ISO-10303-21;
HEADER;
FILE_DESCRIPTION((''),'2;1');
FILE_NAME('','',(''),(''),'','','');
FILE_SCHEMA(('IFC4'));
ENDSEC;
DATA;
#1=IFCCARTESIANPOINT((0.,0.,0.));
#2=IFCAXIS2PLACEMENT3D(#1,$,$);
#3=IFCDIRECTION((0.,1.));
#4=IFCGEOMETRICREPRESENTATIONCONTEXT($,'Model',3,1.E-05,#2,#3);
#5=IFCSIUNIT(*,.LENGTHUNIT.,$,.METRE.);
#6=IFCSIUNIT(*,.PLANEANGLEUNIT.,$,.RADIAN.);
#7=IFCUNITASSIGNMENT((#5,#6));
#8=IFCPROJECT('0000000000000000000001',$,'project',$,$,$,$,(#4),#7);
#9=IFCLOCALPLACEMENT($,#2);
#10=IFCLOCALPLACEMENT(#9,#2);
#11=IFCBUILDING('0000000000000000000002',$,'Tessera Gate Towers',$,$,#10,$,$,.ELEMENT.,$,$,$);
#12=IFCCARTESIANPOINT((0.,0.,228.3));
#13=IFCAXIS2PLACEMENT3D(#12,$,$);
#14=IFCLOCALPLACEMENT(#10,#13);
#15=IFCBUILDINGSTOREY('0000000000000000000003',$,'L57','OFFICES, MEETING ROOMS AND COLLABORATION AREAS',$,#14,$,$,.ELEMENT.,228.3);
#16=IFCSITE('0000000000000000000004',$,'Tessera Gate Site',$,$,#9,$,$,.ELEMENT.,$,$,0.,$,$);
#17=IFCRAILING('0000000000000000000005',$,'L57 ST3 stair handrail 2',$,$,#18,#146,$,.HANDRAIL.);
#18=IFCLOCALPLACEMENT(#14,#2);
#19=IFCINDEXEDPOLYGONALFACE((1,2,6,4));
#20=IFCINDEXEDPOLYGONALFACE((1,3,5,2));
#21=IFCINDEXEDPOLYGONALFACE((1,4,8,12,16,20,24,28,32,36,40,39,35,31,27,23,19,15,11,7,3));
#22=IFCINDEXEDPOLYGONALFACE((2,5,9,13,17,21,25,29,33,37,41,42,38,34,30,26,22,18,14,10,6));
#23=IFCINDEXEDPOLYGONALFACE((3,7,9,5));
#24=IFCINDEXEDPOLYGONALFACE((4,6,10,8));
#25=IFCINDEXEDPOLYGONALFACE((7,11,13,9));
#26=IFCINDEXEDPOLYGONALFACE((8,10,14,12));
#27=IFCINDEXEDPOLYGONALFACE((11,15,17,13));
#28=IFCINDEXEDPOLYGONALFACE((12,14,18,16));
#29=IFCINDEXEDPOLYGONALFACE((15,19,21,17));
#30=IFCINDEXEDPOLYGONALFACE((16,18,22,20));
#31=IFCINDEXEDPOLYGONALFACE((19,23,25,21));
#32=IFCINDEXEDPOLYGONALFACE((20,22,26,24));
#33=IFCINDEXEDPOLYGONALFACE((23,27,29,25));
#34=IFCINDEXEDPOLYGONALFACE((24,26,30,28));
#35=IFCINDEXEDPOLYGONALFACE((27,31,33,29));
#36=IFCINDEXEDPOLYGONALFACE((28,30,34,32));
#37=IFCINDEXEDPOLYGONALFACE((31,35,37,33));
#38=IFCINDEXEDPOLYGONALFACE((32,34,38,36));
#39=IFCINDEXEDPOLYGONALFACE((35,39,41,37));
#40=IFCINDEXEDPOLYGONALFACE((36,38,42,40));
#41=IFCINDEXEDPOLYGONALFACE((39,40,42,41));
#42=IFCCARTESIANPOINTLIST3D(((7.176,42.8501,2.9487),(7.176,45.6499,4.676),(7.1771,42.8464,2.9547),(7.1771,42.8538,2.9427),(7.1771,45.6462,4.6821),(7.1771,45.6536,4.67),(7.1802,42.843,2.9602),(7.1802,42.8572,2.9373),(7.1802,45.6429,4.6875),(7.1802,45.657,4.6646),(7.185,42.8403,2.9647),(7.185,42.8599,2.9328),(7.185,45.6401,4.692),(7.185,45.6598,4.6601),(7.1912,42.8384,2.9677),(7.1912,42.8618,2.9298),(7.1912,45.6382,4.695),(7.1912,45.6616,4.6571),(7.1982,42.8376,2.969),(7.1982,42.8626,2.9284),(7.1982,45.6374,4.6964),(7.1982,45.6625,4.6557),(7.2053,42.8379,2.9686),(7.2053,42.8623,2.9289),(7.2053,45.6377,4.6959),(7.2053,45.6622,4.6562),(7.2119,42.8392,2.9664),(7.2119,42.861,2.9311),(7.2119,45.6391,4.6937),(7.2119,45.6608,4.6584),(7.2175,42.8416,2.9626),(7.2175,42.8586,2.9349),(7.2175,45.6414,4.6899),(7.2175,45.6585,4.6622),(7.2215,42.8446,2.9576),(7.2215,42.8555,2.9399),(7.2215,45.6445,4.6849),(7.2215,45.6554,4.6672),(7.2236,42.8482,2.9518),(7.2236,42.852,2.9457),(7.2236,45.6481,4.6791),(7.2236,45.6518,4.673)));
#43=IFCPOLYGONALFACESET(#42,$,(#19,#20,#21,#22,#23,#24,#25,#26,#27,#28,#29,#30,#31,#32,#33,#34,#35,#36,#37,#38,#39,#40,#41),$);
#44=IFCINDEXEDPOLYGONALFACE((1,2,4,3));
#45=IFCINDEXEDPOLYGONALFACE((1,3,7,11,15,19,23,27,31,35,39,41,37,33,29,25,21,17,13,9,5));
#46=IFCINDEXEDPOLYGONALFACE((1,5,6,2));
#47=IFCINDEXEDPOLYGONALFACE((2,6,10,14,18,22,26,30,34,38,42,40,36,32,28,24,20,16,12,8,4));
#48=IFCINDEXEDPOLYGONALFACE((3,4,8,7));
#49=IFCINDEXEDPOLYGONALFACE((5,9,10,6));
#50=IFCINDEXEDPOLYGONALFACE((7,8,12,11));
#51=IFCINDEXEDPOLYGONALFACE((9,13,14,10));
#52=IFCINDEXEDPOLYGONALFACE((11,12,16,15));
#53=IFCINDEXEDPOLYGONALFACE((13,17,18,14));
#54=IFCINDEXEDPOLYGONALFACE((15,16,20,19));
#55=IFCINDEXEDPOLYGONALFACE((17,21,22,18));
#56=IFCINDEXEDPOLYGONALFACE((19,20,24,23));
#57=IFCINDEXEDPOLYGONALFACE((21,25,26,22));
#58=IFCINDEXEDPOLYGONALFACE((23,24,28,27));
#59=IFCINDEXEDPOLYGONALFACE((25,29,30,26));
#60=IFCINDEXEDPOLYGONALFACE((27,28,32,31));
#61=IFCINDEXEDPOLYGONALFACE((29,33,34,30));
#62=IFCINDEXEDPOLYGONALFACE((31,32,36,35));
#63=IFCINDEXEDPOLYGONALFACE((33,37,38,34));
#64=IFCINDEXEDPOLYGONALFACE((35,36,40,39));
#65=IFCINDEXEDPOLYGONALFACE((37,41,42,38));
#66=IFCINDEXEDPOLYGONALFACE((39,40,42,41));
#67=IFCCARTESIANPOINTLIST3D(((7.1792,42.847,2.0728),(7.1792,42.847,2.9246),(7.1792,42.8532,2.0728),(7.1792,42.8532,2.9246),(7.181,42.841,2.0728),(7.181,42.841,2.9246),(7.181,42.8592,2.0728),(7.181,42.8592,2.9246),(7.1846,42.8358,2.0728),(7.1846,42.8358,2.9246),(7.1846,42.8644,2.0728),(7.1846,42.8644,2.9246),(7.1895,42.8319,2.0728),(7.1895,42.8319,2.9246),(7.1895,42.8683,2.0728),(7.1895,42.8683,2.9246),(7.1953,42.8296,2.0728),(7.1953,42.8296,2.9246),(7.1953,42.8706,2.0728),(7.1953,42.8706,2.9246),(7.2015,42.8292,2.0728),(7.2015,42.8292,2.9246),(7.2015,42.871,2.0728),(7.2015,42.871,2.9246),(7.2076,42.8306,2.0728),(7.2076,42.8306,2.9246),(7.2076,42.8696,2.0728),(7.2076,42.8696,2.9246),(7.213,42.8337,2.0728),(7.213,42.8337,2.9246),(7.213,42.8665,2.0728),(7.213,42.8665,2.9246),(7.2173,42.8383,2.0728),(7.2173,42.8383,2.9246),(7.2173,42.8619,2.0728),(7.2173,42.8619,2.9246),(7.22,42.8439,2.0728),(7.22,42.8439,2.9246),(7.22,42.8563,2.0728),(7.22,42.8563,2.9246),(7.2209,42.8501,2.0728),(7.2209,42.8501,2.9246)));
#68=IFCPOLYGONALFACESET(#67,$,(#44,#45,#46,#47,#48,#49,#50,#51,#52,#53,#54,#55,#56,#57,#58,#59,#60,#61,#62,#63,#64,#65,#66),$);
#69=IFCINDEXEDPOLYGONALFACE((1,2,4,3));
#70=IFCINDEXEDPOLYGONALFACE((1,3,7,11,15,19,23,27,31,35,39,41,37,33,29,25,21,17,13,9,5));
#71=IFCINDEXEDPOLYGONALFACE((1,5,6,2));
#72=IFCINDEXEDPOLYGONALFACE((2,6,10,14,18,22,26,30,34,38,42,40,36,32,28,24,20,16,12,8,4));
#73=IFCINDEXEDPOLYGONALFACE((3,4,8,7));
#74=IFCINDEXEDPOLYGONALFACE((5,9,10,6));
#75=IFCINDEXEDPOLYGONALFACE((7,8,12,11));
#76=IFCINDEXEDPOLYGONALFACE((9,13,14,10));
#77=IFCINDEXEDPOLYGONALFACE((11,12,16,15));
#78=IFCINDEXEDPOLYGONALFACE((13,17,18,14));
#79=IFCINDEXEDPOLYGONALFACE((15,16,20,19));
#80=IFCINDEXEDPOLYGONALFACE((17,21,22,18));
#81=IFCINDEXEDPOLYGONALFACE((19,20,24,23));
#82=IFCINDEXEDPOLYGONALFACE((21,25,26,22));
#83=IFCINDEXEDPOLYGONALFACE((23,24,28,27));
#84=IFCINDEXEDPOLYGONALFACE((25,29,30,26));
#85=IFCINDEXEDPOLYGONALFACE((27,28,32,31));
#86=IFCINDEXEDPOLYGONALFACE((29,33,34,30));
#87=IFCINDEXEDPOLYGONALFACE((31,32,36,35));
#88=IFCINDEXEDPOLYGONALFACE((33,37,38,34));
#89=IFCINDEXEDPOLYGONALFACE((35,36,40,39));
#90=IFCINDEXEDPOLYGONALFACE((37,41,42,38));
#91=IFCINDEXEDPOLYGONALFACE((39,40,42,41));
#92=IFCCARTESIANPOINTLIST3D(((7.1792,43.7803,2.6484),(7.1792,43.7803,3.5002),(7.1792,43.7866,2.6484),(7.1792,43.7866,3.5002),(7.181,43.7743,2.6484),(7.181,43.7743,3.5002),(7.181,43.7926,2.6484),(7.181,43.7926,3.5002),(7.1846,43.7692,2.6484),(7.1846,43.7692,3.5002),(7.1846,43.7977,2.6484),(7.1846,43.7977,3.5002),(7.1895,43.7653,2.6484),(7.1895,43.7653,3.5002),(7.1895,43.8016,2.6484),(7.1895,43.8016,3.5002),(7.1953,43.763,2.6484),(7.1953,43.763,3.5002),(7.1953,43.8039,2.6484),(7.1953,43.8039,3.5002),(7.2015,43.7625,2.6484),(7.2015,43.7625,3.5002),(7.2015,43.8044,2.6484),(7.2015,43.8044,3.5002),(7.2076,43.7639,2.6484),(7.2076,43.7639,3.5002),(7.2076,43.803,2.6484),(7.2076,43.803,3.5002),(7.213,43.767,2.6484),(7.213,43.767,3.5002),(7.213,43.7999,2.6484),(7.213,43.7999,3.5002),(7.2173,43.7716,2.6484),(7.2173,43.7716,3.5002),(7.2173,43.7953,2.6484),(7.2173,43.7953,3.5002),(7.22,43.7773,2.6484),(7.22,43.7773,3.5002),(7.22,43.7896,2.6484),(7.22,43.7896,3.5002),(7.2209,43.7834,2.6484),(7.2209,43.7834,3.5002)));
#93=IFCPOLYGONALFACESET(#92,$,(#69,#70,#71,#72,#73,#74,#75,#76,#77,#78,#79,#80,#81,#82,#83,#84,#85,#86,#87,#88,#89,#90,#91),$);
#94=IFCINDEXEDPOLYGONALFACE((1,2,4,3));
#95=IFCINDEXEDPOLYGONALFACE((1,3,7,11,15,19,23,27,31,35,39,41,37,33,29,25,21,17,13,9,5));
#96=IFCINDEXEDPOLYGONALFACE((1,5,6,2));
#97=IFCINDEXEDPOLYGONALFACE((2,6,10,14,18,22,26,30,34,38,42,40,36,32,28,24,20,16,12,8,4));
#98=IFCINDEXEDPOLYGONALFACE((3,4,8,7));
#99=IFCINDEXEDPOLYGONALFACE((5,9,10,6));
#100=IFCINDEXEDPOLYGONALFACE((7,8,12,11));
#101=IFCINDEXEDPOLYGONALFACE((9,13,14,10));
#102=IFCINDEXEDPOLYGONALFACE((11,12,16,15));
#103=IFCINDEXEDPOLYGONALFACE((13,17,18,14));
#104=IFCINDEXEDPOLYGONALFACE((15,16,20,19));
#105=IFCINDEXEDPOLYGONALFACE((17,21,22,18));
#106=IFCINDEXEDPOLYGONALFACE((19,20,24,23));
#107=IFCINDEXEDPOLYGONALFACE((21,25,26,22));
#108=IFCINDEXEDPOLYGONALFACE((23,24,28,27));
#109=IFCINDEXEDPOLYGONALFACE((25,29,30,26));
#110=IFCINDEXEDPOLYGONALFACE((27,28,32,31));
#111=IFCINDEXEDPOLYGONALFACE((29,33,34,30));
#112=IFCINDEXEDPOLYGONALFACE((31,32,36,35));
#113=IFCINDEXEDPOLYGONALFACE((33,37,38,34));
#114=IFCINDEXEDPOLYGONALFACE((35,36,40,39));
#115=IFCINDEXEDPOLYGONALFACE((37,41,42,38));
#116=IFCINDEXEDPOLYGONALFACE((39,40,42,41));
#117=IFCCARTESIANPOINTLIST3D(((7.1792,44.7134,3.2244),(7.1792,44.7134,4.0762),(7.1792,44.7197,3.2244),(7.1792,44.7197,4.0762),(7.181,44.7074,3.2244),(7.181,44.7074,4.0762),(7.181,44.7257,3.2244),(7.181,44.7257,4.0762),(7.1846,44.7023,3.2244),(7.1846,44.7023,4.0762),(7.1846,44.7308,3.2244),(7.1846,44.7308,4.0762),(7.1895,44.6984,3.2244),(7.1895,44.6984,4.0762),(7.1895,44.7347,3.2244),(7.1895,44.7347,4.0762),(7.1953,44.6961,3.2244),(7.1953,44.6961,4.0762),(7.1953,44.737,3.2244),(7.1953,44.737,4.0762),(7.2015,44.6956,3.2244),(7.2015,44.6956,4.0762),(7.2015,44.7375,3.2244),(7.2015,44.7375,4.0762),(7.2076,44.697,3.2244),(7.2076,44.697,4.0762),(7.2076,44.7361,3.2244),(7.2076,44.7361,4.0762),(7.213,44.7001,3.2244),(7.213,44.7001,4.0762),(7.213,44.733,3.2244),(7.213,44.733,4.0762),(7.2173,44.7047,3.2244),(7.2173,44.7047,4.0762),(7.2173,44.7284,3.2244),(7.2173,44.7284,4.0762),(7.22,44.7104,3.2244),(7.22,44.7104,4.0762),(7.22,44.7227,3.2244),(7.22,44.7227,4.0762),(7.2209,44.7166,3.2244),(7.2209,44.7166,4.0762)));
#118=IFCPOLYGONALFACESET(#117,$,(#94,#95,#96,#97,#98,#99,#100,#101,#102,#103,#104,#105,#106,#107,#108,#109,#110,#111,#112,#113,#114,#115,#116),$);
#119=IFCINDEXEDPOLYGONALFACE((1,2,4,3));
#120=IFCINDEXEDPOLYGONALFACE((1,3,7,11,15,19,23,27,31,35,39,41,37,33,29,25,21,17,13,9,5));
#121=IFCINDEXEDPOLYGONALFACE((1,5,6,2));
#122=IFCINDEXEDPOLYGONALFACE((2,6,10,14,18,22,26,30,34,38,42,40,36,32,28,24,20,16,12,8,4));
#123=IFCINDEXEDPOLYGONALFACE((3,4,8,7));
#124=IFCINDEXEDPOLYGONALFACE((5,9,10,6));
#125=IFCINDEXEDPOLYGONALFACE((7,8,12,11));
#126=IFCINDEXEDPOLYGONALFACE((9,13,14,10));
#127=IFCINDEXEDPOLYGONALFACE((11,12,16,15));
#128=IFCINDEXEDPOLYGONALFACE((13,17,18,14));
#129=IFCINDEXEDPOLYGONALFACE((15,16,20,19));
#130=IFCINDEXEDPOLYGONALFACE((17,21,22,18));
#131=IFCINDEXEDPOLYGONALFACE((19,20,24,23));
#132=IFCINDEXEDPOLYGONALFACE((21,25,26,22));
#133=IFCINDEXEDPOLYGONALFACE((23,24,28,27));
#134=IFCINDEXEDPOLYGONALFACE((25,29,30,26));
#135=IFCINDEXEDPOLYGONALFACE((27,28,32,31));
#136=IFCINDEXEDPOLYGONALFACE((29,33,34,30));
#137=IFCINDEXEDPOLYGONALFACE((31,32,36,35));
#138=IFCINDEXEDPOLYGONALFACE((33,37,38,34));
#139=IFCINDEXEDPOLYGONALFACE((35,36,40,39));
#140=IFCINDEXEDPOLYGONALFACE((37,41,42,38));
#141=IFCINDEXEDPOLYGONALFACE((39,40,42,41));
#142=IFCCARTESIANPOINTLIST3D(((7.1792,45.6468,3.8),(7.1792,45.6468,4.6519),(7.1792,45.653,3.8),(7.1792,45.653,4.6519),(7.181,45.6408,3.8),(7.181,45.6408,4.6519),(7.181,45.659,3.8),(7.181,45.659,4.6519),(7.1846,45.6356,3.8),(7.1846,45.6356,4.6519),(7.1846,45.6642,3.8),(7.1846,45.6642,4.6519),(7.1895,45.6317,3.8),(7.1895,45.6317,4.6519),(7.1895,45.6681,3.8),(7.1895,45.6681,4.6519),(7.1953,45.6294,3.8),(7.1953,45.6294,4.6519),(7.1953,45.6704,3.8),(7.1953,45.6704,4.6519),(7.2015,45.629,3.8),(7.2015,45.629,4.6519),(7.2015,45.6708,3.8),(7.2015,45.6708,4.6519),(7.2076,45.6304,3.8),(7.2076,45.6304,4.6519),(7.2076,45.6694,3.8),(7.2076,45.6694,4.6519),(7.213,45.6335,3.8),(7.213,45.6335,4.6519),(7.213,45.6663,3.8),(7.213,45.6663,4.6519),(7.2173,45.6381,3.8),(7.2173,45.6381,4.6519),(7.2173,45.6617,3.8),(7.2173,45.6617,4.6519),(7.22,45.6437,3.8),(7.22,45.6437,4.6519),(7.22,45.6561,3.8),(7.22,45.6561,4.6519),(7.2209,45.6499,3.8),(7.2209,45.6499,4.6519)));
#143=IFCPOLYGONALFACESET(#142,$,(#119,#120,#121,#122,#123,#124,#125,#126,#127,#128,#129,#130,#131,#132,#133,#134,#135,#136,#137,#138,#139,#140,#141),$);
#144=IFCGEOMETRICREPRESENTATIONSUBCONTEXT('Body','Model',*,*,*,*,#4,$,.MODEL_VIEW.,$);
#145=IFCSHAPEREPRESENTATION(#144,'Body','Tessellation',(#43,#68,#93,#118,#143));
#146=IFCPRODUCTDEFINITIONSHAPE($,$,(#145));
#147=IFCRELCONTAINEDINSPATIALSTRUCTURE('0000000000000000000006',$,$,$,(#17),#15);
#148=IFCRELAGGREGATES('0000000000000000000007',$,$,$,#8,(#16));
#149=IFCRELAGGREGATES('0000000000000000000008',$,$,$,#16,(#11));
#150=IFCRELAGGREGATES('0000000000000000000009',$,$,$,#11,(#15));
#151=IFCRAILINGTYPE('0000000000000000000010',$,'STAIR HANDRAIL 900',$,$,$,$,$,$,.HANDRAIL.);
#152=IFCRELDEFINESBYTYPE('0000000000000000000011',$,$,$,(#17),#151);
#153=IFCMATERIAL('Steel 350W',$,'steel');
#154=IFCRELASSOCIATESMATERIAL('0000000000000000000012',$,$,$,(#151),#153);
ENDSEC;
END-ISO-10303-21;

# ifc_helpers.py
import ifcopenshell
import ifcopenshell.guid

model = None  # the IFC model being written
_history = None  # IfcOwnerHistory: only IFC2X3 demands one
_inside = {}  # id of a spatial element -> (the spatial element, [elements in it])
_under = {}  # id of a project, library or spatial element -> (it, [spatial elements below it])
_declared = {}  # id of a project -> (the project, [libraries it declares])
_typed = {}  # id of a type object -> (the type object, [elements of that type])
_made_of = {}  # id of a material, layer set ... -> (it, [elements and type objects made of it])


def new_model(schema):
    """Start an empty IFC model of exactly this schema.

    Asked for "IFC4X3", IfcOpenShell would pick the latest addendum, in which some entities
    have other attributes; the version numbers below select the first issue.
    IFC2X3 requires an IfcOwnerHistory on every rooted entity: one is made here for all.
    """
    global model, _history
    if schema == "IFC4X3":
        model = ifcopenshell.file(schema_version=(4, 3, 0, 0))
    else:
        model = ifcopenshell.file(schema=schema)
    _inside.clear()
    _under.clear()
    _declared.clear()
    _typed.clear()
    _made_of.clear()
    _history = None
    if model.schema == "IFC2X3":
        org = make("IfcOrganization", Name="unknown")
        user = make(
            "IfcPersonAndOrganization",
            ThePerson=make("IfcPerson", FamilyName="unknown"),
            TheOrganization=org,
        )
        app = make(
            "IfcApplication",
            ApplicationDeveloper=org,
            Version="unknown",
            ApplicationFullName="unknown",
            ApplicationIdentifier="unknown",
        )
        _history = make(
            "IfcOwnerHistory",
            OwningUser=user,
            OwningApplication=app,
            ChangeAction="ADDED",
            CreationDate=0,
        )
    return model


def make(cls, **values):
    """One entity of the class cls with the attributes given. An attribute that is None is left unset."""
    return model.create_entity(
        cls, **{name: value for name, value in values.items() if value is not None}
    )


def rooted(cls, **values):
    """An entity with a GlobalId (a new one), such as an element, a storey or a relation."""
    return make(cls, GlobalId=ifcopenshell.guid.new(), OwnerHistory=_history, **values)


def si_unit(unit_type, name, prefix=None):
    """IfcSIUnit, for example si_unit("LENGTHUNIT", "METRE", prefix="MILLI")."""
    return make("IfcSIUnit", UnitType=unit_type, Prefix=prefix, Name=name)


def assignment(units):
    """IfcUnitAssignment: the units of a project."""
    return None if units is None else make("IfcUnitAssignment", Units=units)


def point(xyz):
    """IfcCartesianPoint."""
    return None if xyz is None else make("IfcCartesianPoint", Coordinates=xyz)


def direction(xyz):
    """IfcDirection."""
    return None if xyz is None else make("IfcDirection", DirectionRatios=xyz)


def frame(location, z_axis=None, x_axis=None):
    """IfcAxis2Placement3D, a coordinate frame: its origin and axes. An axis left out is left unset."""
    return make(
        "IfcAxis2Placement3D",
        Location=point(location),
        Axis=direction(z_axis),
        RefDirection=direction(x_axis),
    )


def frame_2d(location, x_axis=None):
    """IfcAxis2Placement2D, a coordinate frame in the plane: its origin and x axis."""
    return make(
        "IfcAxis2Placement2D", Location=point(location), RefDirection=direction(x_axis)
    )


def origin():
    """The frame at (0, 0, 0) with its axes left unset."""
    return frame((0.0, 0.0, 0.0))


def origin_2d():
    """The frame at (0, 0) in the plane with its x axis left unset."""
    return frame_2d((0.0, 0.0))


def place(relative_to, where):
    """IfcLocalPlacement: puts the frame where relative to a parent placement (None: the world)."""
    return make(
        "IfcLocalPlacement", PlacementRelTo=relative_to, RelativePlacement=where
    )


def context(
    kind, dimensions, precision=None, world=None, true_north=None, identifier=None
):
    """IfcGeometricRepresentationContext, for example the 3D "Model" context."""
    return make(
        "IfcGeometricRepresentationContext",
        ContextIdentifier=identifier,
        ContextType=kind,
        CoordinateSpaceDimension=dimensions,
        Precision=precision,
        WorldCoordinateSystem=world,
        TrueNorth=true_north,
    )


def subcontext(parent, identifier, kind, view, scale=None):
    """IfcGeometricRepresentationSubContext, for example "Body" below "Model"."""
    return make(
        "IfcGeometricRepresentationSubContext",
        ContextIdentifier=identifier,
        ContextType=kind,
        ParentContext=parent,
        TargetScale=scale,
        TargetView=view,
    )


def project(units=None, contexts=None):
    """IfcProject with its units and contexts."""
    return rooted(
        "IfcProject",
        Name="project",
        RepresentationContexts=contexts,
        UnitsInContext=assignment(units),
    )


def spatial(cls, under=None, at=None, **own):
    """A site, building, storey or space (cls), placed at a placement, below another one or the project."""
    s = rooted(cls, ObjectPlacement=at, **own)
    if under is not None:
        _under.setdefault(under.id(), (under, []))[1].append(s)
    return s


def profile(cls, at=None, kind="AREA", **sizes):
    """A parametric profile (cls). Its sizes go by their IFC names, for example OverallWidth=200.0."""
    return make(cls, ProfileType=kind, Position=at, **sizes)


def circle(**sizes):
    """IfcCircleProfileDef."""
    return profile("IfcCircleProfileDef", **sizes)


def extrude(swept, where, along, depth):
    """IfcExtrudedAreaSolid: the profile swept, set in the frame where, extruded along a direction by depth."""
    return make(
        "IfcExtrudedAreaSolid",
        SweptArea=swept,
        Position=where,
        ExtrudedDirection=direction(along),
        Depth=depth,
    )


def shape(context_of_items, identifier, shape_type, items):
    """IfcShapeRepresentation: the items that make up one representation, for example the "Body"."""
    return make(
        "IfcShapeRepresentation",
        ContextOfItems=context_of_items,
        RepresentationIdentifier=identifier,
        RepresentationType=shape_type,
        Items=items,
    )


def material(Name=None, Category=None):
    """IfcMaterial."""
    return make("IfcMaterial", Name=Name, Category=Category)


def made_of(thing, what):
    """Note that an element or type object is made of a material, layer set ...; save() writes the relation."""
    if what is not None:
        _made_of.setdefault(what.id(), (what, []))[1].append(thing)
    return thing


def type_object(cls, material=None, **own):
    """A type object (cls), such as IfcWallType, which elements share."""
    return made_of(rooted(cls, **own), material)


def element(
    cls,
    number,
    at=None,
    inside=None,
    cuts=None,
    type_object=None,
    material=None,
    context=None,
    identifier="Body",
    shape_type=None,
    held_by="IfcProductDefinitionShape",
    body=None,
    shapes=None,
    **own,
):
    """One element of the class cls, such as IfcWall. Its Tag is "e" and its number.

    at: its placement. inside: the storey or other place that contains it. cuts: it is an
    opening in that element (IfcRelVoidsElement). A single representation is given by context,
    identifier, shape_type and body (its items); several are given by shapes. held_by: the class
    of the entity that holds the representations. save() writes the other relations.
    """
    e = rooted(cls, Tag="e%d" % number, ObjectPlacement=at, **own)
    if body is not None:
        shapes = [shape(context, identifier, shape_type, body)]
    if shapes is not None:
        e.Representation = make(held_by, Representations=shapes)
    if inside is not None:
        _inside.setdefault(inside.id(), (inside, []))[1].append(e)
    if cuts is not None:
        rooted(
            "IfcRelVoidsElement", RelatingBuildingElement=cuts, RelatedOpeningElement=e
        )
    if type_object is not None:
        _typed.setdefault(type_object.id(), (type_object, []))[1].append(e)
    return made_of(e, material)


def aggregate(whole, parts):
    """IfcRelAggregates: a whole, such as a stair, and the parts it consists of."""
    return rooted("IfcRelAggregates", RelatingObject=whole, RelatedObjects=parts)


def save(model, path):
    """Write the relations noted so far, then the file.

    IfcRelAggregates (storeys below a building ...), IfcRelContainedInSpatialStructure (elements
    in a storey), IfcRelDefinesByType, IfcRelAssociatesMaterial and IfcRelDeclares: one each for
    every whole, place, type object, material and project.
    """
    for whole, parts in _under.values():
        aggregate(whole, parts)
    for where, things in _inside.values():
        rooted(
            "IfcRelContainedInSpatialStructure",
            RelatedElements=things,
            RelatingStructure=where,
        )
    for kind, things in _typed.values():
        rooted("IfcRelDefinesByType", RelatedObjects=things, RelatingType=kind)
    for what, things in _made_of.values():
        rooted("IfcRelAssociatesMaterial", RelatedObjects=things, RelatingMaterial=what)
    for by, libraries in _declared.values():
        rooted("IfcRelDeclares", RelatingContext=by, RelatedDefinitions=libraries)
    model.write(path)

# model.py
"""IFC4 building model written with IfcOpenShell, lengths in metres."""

from ifc_helpers import new_model, si_unit, direction, frame, origin, origin_2d, place, context, subcontext, project, spatial, circle, extrude, material, type_object, element, save


model = new_model("IFC4")

# Units and contexts
model_context = context("Model", 3, precision=1e-05, world=origin(), true_north=direction((0.0, 1.0)))
body_context = subcontext(model_context, "Body", "Model", "MODEL_VIEW")
ifc_project = project(units=[si_unit("LENGTHUNIT", "METRE"), si_unit("PLANEANGLEUNIT", "RADIAN")], contexts=[model_context])

# Site, building, storey
site_placement = place(None, origin())
site = spatial("IfcSite", under=ifc_project, at=site_placement, Name="Tessera Gate Site", CompositionType="ELEMENT", RefElevation=0.0)
building_placement = place(site_placement, origin())
building = spatial("IfcBuilding", under=site, at=building_placement, Name="Tessera Gate Towers", CompositionType="ELEMENT")
storey_placement = place(building_placement, frame((0.0, 0.0, 228.3)))
storey = spatial("IfcBuildingStorey", under=building, at=storey_placement, Name="L57", Description="OFFICES, MEETING ROOMS AND COLLABORATION AREAS", CompositionType="ELEMENT", Elevation=228.3)

# Railing
ifc_material_1 = material(Name="Steel 350W", Category="steel")
railing_type = type_object("IfcRailingType", Name="STAIR HANDRAIL 900", PredefinedType="HANDRAIL", material=ifc_material_1)
railing_1_placement = place(storey_placement, frame((7.2, 42.8501, 2.0728)))
element("IfcRailing", 1, at=railing_1_placement, inside=storey, type_object=railing_type, Name="L57 ST3 stair handrail 2", PredefinedType="HANDRAIL", context=body_context, shape_type="SweptSolid", body=[
    extrude(circle(Radius=0.0239, at=origin_2d()), frame((0.0, 0.0, 0.876), z_axis=(0.0, 0.851069, 0.525054), x_axis=(-1.0, 0.0, 0.0)), (0.0, 0.0, 1.0), 3.2898),
    extrude(circle(Radius=0.021, at=origin_2d()), origin(), (0.0, 0.0, 1.0), 0.8518),
    extrude(circle(Radius=0.021, at=origin_2d()), frame((0.0, 0.9333, 0.5757)), (0.0, 0.0, 1.0), 0.8518),
    extrude(circle(Radius=0.021, at=origin_2d()), frame((0.0, 1.8665, 1.1516)), (0.0, 0.0, 1.0), 0.8518),
    extrude(circle(Radius=0.021, at=origin_2d()), frame((0.0, 2.7998, 1.7273)), (0.0, 0.0, 1.0), 0.8518),
])

save(model, "model.ifc")
